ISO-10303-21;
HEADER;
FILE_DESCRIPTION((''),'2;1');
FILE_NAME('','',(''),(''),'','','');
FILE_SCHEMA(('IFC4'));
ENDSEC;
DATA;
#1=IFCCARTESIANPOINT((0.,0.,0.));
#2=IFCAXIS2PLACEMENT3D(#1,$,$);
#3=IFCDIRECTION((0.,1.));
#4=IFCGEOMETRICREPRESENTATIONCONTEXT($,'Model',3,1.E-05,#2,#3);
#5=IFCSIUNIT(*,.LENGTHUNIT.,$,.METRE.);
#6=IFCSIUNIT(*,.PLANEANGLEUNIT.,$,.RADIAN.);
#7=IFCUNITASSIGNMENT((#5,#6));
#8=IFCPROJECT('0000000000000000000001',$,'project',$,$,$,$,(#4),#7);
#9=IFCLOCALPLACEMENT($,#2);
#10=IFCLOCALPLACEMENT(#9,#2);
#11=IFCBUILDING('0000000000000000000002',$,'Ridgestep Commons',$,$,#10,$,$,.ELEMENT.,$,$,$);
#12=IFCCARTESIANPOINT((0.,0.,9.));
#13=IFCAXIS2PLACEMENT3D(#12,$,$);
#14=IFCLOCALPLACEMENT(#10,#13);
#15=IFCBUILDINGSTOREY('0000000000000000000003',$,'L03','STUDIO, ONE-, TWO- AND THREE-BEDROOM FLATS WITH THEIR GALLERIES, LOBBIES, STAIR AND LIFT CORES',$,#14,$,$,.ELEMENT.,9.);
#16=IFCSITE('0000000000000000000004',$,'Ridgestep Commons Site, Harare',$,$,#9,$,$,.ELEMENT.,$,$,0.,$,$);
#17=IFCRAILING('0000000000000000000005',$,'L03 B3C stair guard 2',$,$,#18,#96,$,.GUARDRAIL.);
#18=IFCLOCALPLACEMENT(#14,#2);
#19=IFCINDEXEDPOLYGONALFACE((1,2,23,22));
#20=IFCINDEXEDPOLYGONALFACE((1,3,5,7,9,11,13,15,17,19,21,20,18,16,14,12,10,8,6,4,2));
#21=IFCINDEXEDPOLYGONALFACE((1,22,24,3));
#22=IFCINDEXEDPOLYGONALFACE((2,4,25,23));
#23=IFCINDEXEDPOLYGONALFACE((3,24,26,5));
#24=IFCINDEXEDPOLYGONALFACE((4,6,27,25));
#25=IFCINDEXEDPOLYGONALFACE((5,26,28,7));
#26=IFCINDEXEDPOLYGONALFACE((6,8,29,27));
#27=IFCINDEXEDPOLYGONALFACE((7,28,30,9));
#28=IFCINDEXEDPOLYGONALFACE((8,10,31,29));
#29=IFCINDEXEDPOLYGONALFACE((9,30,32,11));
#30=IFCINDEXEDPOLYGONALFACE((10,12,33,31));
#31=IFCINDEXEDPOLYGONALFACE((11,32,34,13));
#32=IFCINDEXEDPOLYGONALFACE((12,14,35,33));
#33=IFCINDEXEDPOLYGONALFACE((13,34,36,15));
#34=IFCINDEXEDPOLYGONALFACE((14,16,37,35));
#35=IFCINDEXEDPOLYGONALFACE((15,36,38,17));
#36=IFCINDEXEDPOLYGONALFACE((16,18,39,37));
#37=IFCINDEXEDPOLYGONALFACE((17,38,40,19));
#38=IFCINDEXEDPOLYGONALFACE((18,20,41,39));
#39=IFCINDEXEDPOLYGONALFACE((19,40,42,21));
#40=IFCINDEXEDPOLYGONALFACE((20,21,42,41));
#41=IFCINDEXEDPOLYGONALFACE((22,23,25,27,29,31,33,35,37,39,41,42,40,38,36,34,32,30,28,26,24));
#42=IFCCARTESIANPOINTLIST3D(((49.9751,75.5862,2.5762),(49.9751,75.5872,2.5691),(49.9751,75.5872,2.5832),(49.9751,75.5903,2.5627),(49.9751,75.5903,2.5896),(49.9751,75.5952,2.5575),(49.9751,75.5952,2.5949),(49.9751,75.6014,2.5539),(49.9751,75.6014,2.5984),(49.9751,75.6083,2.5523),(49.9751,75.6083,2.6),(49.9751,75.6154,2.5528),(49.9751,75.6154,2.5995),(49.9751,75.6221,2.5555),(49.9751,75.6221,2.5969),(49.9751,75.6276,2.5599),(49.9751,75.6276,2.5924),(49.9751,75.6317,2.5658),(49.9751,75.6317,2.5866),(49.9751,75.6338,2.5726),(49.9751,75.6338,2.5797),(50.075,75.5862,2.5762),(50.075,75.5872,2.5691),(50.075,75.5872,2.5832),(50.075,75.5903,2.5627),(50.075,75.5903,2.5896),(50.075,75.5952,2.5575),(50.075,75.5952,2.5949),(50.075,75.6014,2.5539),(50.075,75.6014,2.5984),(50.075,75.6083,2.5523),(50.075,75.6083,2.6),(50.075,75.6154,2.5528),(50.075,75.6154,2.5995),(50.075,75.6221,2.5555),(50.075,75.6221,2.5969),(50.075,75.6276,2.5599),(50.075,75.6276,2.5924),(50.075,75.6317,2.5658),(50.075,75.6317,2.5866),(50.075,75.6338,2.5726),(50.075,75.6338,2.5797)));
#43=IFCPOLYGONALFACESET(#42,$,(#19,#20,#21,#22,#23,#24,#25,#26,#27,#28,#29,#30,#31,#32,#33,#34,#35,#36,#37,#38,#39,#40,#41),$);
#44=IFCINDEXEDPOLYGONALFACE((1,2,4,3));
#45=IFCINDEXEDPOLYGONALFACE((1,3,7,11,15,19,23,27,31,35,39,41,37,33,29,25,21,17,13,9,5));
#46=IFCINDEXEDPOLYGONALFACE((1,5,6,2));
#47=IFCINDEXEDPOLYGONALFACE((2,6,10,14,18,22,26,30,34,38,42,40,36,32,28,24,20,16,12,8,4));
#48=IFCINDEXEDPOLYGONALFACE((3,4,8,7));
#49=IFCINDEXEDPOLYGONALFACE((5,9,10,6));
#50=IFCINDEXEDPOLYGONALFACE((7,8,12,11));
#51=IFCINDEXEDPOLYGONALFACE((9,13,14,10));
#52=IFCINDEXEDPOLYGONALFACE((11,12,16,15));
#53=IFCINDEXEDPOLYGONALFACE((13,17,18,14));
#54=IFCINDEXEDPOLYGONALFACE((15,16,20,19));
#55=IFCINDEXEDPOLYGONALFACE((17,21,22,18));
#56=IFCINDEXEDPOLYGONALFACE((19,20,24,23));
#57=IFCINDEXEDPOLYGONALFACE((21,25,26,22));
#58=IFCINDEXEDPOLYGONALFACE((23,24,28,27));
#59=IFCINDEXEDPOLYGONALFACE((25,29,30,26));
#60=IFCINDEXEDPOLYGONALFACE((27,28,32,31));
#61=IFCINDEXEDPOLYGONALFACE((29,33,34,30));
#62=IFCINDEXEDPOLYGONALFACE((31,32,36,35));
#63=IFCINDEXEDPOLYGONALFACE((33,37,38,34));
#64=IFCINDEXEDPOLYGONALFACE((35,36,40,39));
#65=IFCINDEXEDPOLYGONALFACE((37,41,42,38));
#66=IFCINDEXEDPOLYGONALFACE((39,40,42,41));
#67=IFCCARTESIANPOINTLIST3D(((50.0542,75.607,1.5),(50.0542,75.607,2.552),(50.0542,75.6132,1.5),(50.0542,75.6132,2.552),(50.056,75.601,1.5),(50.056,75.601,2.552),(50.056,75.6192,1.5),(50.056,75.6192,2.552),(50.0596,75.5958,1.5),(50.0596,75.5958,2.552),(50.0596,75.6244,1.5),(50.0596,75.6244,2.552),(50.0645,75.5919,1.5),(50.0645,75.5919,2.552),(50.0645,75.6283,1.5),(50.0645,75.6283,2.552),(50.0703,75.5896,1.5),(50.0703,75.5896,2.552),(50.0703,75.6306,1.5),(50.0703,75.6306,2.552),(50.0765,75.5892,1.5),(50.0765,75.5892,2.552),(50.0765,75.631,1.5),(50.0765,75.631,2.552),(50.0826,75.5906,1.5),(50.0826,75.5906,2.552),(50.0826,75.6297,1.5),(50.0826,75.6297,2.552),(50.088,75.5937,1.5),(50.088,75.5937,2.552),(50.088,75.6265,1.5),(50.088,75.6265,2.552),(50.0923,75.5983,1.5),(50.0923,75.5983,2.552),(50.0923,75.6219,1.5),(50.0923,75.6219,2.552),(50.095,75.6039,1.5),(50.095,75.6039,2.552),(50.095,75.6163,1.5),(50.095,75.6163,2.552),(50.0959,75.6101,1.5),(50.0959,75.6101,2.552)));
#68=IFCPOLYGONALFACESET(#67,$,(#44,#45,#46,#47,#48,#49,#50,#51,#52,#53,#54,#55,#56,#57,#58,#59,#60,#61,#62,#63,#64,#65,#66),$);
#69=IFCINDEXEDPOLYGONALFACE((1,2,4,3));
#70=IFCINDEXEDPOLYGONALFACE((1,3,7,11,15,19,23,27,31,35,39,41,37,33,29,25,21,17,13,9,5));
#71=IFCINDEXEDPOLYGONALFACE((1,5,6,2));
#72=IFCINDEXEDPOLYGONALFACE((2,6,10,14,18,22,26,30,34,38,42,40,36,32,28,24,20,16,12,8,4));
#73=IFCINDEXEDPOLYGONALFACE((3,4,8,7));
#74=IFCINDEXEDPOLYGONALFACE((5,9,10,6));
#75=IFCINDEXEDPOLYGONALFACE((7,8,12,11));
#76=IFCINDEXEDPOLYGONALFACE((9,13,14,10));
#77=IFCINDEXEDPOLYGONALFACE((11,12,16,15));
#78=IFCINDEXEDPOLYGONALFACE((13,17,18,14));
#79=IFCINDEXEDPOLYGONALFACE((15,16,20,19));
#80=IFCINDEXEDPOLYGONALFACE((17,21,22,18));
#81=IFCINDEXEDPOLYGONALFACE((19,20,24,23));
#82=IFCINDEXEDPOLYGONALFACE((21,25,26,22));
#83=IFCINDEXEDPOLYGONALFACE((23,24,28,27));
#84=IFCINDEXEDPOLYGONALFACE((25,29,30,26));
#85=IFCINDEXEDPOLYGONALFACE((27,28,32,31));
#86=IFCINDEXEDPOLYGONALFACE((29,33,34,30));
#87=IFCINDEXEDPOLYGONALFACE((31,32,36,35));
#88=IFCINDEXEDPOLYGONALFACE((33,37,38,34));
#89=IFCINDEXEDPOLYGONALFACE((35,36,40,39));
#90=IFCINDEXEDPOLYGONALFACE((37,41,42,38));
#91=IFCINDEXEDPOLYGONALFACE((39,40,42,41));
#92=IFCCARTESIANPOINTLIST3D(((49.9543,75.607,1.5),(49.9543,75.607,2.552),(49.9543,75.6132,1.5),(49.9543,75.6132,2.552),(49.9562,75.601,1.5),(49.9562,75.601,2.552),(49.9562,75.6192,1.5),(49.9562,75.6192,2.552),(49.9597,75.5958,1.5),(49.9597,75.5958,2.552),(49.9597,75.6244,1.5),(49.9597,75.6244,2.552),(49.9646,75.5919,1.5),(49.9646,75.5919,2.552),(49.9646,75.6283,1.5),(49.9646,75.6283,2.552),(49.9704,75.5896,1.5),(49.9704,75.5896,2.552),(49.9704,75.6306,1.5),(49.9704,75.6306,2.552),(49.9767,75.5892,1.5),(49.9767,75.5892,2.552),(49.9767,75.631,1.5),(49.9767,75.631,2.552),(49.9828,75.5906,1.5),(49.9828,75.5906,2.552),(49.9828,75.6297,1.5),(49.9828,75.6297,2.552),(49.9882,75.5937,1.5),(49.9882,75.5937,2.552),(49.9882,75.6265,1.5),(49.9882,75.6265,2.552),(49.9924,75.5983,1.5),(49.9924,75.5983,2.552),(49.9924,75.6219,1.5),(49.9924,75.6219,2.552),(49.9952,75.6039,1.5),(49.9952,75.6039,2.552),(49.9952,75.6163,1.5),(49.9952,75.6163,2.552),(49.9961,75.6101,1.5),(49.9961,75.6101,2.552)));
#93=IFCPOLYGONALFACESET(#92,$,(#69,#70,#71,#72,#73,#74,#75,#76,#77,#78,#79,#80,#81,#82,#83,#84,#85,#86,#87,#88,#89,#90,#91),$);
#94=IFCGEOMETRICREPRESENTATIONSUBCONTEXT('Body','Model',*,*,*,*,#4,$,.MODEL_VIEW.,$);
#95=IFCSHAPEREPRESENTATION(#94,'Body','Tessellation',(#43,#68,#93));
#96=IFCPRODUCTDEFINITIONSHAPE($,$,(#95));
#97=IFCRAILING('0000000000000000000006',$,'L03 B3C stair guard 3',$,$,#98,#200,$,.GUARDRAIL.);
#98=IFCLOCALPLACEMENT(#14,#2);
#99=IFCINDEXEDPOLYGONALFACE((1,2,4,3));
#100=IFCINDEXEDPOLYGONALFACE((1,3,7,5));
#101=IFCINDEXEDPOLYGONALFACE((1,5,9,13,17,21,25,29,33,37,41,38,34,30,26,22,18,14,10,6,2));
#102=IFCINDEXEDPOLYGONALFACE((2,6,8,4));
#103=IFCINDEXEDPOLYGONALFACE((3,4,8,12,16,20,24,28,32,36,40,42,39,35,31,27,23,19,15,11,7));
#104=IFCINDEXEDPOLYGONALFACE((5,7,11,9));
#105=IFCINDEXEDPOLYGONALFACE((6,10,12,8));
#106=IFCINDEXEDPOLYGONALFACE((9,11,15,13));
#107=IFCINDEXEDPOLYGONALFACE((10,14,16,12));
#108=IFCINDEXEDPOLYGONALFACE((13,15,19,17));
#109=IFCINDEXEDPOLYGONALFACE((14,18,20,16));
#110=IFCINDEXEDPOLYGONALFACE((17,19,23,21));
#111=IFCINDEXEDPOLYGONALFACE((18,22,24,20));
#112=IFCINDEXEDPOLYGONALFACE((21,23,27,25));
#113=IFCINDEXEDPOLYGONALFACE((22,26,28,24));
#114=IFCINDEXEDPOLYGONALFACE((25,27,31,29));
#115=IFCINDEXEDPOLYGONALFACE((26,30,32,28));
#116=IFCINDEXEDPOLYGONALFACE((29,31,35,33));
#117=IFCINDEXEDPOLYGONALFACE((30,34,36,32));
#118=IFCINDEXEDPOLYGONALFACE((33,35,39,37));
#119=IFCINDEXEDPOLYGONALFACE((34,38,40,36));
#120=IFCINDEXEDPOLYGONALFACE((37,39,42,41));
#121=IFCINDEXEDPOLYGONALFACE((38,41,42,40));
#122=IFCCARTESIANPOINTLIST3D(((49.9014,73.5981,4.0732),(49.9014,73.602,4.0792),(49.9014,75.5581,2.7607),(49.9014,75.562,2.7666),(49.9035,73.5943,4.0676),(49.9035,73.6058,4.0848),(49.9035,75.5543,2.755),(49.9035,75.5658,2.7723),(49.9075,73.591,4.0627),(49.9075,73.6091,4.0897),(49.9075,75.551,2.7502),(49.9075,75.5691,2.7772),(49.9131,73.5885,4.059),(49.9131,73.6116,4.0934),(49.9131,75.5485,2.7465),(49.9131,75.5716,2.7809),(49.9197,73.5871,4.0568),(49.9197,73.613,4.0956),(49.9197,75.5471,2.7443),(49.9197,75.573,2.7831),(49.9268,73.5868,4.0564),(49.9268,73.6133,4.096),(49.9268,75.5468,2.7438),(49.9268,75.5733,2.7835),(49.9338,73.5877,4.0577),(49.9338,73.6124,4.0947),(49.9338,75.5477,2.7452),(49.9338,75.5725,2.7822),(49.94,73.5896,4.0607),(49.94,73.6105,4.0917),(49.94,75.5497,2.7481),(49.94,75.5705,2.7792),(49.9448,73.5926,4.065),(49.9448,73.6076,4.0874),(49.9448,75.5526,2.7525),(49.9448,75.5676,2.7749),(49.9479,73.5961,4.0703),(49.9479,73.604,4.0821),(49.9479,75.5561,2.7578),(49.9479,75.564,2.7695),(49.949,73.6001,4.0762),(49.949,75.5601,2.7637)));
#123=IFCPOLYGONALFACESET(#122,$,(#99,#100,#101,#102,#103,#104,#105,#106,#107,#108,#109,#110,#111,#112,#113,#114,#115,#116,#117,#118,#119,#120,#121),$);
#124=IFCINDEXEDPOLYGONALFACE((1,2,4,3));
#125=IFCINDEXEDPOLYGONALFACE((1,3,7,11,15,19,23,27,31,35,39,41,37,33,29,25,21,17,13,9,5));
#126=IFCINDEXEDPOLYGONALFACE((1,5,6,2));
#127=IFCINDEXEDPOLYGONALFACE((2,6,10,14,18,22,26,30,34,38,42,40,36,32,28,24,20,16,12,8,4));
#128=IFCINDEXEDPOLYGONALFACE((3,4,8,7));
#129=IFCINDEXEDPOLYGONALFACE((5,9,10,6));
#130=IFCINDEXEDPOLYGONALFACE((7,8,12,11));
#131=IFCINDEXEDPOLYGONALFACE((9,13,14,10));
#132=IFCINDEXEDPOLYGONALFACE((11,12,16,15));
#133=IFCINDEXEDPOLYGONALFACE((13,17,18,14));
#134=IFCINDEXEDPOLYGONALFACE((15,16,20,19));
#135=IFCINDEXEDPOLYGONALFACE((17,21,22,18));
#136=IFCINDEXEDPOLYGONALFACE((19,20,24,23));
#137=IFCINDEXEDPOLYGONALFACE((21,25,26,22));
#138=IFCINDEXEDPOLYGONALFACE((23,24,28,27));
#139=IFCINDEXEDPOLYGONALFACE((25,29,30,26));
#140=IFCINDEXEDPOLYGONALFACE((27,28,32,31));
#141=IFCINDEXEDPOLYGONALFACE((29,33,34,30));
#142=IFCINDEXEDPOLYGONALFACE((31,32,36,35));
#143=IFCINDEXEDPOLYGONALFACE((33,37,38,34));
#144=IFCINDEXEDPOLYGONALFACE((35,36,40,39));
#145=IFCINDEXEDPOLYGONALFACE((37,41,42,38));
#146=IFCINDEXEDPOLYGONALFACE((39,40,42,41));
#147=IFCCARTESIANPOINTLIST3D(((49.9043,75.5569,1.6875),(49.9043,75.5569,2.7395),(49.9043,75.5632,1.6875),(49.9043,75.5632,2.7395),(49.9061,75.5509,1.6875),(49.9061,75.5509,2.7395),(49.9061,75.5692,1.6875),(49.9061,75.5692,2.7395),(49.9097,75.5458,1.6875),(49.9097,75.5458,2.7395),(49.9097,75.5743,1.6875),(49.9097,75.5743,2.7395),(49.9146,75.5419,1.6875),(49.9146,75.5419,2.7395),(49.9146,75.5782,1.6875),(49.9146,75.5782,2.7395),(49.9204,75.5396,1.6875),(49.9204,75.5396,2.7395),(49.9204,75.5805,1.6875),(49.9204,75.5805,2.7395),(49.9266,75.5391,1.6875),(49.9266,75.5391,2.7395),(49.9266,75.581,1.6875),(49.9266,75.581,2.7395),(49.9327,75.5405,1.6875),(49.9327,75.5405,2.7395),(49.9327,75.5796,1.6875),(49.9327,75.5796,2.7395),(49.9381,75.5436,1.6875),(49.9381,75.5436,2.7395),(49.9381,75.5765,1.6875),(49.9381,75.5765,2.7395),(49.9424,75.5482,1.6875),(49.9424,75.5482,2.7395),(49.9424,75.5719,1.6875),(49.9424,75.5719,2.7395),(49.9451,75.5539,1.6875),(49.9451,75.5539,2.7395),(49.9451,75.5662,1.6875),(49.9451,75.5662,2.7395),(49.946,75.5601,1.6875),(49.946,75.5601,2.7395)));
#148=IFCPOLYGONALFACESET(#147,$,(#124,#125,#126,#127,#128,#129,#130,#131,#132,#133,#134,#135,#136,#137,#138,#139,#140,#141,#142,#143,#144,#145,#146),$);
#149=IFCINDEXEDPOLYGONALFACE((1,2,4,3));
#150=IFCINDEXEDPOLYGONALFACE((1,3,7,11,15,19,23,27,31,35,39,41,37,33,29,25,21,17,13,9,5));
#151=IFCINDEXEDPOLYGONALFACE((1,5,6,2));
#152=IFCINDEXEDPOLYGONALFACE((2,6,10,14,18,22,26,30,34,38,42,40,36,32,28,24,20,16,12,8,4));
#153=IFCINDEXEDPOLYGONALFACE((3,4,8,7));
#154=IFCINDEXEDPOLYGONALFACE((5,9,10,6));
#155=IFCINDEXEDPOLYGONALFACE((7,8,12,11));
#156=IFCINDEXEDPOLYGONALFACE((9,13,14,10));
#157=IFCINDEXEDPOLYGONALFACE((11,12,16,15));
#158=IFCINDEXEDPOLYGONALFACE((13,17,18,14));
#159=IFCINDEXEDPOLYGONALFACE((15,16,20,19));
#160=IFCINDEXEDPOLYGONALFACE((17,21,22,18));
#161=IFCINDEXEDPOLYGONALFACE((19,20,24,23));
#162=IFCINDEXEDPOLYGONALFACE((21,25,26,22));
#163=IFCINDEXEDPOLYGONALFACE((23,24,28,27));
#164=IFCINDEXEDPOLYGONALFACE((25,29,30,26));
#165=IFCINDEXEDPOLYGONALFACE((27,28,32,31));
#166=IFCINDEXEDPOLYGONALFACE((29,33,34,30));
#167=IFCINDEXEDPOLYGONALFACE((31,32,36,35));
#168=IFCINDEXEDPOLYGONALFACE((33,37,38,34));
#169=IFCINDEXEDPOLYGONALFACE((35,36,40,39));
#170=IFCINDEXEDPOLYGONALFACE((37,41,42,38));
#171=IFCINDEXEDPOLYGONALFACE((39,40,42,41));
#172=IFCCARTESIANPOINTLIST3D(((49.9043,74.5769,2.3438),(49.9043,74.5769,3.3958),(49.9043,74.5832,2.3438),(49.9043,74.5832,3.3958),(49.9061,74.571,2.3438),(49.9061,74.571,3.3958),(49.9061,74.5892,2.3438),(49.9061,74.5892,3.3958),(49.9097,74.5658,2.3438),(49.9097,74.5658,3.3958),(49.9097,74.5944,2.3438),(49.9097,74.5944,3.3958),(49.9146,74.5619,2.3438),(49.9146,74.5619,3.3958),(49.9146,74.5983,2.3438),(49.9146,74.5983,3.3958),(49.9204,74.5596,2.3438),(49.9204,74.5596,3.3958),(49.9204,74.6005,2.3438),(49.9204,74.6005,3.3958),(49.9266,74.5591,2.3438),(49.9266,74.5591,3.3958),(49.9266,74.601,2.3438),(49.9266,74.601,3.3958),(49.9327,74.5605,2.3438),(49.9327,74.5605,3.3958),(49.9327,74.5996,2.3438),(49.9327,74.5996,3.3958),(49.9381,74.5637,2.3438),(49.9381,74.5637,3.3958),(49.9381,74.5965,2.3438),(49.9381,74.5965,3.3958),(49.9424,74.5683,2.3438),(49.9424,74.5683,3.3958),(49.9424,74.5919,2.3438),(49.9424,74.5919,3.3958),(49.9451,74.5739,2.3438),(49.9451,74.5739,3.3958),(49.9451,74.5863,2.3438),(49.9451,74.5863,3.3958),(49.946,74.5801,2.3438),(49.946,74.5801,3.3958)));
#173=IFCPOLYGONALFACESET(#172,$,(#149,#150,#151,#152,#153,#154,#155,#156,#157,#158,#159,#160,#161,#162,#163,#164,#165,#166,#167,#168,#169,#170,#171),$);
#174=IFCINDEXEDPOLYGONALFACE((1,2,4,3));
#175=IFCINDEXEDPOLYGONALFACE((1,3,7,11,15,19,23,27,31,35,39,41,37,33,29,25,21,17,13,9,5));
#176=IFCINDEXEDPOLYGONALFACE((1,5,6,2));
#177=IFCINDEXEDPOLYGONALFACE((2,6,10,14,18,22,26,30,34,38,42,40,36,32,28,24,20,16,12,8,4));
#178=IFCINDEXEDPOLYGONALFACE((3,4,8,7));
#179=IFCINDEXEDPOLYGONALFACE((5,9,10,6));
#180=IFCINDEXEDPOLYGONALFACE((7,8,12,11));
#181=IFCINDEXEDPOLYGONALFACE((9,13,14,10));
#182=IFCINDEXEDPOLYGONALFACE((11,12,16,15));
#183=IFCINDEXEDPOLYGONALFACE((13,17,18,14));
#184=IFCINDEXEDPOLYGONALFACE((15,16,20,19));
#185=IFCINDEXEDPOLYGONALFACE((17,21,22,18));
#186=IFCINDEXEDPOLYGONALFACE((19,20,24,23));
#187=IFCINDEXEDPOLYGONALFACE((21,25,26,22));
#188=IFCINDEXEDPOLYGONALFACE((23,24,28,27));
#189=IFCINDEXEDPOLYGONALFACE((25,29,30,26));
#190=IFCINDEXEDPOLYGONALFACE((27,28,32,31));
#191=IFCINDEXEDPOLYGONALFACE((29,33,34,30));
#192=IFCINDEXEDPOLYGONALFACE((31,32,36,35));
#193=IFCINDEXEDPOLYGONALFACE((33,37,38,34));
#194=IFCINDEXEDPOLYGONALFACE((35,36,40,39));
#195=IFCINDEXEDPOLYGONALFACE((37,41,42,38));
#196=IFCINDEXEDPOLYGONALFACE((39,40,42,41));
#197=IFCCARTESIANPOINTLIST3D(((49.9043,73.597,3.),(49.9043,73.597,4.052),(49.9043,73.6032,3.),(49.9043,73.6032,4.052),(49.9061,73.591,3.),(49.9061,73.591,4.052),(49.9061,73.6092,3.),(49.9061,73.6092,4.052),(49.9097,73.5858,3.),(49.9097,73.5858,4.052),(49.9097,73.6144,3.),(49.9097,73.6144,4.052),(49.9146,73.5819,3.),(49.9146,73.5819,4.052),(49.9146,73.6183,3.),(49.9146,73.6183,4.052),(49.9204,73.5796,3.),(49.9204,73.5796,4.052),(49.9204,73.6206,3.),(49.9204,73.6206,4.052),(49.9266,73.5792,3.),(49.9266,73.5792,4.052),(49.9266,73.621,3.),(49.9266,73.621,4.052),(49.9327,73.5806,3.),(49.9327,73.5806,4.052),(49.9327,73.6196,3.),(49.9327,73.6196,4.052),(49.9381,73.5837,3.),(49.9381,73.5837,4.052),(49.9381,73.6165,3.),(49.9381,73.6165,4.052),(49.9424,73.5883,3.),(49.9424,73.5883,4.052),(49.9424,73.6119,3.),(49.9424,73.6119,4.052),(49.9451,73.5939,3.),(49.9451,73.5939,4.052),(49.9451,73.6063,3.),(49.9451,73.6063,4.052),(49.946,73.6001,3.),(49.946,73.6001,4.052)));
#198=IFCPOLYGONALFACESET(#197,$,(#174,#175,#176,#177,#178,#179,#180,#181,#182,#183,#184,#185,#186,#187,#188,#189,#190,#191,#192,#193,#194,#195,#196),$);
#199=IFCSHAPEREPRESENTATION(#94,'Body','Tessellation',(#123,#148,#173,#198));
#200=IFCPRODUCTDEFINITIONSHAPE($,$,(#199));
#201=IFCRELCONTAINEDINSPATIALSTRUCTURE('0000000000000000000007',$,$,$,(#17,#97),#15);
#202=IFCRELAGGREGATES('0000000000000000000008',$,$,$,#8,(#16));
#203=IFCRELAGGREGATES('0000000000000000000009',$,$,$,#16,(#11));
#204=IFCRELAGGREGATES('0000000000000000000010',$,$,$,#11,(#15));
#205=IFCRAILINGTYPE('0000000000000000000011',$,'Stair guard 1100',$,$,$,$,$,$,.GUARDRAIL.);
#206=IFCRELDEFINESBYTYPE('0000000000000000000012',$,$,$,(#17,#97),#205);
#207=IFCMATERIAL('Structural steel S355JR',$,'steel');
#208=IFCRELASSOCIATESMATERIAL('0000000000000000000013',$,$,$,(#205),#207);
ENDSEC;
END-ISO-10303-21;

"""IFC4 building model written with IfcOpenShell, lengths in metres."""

from ifc_helpers import new_model, si_unit, direction, frame, origin, origin_2d, place, context, subcontext, project, spatial, circle, extrude, material, type_object, element, save


model = new_model("IFC4")

# Units and contexts
model_context = context("Model", 3, precision=1e-05, world=origin(), true_north=direction((0.0, 1.0)))
body_context = subcontext(model_context, "Body", "Model", "MODEL_VIEW")
ifc_project = project(units=[si_unit("LENGTHUNIT", "METRE"), si_unit("PLANEANGLEUNIT", "RADIAN")], contexts=[model_context])

# Site, building, storey
site_placement = place(None, origin())
site = spatial("IfcSite", under=ifc_project, at=site_placement, Name="Ridgestep Commons Site, Harare", CompositionType="ELEMENT", RefElevation=0.0)
building_placement = place(site_placement, origin())
building = spatial("IfcBuilding", under=site, at=building_placement, Name="Ridgestep Commons", CompositionType="ELEMENT")
storey_placement = place(building_placement, frame((0.0, 0.0, 9.0)))
storey = spatial("IfcBuildingStorey", under=building, at=storey_placement, Name="L03", Description="STUDIO, ONE-, TWO- AND THREE-BEDROOM FLATS WITH THEIR GALLERIES, LOBBIES, STAIR AND LIFT CORES", CompositionType="ELEMENT", Elevation=9.0)

# Railings
ifc_material_1 = material(Name="Structural steel S355JR", Category="steel")
railing_type_1 = type_object("IfcRailingType", Name="Stair guard 1100", PredefinedType="GUARDRAIL", material=ifc_material_1)
railing_1_placement = place(storey_placement, frame((50.075, 75.6101, 1.5)))
element("IfcRailing", 1, at=railing_1_placement, inside=storey, type_object=railing_type_1, Name="L03 B3C stair guard 2", PredefinedType="GUARDRAIL", context=body_context, shape_type="SweptSolid", body=[
    extrude(circle(Radius=0.0239, at=origin_2d()), frame((0.0, 0.0, 1.0762), z_axis=(-1.0, 0.0, 0.0), x_axis=(0.0, -1.0, 0.0)), (0.0, 0.0, 1.0), 0.0999),
    extrude(circle(Radius=0.021, at=origin_2d()), origin(), (0.0, 0.0, 1.0), 1.052),
    extrude(circle(Radius=0.021, at=origin_2d()), frame((-0.0999, 0.0, 0.0)), (0.0, 0.0, 1.0), 1.052),
])
railing_2_placement = place(storey_placement, frame((49.925, 75.5601, 1.6875)))
element("IfcRailing", 2, at=railing_2_placement, inside=storey, type_object=railing_type_1, Name="L03 B3C stair guard 3", PredefinedType="GUARDRAIL", context=body_context, shape_type="SweptSolid", body=[
    extrude(circle(Radius=0.0239, at=origin_2d()), frame((0.0, 0.0, 1.0762), z_axis=(0.0, -0.830902, 0.556419), x_axis=(1.0, 0.0, 0.0)), (0.0, 0.0, 1.0), 2.3589),
    extrude(circle(Radius=0.021, at=origin_2d()), origin(), (0.0, 0.0, 1.0), 1.052),
    extrude(circle(Radius=0.021, at=origin_2d()), frame((0.0, -0.98, 0.6562)), (0.0, 0.0, 1.0), 1.052),
    extrude(circle(Radius=0.021, at=origin_2d()), frame((0.0, -1.96, 1.3125)), (0.0, 0.0, 1.0), 1.052),
])

save(model, "model.ifc")
